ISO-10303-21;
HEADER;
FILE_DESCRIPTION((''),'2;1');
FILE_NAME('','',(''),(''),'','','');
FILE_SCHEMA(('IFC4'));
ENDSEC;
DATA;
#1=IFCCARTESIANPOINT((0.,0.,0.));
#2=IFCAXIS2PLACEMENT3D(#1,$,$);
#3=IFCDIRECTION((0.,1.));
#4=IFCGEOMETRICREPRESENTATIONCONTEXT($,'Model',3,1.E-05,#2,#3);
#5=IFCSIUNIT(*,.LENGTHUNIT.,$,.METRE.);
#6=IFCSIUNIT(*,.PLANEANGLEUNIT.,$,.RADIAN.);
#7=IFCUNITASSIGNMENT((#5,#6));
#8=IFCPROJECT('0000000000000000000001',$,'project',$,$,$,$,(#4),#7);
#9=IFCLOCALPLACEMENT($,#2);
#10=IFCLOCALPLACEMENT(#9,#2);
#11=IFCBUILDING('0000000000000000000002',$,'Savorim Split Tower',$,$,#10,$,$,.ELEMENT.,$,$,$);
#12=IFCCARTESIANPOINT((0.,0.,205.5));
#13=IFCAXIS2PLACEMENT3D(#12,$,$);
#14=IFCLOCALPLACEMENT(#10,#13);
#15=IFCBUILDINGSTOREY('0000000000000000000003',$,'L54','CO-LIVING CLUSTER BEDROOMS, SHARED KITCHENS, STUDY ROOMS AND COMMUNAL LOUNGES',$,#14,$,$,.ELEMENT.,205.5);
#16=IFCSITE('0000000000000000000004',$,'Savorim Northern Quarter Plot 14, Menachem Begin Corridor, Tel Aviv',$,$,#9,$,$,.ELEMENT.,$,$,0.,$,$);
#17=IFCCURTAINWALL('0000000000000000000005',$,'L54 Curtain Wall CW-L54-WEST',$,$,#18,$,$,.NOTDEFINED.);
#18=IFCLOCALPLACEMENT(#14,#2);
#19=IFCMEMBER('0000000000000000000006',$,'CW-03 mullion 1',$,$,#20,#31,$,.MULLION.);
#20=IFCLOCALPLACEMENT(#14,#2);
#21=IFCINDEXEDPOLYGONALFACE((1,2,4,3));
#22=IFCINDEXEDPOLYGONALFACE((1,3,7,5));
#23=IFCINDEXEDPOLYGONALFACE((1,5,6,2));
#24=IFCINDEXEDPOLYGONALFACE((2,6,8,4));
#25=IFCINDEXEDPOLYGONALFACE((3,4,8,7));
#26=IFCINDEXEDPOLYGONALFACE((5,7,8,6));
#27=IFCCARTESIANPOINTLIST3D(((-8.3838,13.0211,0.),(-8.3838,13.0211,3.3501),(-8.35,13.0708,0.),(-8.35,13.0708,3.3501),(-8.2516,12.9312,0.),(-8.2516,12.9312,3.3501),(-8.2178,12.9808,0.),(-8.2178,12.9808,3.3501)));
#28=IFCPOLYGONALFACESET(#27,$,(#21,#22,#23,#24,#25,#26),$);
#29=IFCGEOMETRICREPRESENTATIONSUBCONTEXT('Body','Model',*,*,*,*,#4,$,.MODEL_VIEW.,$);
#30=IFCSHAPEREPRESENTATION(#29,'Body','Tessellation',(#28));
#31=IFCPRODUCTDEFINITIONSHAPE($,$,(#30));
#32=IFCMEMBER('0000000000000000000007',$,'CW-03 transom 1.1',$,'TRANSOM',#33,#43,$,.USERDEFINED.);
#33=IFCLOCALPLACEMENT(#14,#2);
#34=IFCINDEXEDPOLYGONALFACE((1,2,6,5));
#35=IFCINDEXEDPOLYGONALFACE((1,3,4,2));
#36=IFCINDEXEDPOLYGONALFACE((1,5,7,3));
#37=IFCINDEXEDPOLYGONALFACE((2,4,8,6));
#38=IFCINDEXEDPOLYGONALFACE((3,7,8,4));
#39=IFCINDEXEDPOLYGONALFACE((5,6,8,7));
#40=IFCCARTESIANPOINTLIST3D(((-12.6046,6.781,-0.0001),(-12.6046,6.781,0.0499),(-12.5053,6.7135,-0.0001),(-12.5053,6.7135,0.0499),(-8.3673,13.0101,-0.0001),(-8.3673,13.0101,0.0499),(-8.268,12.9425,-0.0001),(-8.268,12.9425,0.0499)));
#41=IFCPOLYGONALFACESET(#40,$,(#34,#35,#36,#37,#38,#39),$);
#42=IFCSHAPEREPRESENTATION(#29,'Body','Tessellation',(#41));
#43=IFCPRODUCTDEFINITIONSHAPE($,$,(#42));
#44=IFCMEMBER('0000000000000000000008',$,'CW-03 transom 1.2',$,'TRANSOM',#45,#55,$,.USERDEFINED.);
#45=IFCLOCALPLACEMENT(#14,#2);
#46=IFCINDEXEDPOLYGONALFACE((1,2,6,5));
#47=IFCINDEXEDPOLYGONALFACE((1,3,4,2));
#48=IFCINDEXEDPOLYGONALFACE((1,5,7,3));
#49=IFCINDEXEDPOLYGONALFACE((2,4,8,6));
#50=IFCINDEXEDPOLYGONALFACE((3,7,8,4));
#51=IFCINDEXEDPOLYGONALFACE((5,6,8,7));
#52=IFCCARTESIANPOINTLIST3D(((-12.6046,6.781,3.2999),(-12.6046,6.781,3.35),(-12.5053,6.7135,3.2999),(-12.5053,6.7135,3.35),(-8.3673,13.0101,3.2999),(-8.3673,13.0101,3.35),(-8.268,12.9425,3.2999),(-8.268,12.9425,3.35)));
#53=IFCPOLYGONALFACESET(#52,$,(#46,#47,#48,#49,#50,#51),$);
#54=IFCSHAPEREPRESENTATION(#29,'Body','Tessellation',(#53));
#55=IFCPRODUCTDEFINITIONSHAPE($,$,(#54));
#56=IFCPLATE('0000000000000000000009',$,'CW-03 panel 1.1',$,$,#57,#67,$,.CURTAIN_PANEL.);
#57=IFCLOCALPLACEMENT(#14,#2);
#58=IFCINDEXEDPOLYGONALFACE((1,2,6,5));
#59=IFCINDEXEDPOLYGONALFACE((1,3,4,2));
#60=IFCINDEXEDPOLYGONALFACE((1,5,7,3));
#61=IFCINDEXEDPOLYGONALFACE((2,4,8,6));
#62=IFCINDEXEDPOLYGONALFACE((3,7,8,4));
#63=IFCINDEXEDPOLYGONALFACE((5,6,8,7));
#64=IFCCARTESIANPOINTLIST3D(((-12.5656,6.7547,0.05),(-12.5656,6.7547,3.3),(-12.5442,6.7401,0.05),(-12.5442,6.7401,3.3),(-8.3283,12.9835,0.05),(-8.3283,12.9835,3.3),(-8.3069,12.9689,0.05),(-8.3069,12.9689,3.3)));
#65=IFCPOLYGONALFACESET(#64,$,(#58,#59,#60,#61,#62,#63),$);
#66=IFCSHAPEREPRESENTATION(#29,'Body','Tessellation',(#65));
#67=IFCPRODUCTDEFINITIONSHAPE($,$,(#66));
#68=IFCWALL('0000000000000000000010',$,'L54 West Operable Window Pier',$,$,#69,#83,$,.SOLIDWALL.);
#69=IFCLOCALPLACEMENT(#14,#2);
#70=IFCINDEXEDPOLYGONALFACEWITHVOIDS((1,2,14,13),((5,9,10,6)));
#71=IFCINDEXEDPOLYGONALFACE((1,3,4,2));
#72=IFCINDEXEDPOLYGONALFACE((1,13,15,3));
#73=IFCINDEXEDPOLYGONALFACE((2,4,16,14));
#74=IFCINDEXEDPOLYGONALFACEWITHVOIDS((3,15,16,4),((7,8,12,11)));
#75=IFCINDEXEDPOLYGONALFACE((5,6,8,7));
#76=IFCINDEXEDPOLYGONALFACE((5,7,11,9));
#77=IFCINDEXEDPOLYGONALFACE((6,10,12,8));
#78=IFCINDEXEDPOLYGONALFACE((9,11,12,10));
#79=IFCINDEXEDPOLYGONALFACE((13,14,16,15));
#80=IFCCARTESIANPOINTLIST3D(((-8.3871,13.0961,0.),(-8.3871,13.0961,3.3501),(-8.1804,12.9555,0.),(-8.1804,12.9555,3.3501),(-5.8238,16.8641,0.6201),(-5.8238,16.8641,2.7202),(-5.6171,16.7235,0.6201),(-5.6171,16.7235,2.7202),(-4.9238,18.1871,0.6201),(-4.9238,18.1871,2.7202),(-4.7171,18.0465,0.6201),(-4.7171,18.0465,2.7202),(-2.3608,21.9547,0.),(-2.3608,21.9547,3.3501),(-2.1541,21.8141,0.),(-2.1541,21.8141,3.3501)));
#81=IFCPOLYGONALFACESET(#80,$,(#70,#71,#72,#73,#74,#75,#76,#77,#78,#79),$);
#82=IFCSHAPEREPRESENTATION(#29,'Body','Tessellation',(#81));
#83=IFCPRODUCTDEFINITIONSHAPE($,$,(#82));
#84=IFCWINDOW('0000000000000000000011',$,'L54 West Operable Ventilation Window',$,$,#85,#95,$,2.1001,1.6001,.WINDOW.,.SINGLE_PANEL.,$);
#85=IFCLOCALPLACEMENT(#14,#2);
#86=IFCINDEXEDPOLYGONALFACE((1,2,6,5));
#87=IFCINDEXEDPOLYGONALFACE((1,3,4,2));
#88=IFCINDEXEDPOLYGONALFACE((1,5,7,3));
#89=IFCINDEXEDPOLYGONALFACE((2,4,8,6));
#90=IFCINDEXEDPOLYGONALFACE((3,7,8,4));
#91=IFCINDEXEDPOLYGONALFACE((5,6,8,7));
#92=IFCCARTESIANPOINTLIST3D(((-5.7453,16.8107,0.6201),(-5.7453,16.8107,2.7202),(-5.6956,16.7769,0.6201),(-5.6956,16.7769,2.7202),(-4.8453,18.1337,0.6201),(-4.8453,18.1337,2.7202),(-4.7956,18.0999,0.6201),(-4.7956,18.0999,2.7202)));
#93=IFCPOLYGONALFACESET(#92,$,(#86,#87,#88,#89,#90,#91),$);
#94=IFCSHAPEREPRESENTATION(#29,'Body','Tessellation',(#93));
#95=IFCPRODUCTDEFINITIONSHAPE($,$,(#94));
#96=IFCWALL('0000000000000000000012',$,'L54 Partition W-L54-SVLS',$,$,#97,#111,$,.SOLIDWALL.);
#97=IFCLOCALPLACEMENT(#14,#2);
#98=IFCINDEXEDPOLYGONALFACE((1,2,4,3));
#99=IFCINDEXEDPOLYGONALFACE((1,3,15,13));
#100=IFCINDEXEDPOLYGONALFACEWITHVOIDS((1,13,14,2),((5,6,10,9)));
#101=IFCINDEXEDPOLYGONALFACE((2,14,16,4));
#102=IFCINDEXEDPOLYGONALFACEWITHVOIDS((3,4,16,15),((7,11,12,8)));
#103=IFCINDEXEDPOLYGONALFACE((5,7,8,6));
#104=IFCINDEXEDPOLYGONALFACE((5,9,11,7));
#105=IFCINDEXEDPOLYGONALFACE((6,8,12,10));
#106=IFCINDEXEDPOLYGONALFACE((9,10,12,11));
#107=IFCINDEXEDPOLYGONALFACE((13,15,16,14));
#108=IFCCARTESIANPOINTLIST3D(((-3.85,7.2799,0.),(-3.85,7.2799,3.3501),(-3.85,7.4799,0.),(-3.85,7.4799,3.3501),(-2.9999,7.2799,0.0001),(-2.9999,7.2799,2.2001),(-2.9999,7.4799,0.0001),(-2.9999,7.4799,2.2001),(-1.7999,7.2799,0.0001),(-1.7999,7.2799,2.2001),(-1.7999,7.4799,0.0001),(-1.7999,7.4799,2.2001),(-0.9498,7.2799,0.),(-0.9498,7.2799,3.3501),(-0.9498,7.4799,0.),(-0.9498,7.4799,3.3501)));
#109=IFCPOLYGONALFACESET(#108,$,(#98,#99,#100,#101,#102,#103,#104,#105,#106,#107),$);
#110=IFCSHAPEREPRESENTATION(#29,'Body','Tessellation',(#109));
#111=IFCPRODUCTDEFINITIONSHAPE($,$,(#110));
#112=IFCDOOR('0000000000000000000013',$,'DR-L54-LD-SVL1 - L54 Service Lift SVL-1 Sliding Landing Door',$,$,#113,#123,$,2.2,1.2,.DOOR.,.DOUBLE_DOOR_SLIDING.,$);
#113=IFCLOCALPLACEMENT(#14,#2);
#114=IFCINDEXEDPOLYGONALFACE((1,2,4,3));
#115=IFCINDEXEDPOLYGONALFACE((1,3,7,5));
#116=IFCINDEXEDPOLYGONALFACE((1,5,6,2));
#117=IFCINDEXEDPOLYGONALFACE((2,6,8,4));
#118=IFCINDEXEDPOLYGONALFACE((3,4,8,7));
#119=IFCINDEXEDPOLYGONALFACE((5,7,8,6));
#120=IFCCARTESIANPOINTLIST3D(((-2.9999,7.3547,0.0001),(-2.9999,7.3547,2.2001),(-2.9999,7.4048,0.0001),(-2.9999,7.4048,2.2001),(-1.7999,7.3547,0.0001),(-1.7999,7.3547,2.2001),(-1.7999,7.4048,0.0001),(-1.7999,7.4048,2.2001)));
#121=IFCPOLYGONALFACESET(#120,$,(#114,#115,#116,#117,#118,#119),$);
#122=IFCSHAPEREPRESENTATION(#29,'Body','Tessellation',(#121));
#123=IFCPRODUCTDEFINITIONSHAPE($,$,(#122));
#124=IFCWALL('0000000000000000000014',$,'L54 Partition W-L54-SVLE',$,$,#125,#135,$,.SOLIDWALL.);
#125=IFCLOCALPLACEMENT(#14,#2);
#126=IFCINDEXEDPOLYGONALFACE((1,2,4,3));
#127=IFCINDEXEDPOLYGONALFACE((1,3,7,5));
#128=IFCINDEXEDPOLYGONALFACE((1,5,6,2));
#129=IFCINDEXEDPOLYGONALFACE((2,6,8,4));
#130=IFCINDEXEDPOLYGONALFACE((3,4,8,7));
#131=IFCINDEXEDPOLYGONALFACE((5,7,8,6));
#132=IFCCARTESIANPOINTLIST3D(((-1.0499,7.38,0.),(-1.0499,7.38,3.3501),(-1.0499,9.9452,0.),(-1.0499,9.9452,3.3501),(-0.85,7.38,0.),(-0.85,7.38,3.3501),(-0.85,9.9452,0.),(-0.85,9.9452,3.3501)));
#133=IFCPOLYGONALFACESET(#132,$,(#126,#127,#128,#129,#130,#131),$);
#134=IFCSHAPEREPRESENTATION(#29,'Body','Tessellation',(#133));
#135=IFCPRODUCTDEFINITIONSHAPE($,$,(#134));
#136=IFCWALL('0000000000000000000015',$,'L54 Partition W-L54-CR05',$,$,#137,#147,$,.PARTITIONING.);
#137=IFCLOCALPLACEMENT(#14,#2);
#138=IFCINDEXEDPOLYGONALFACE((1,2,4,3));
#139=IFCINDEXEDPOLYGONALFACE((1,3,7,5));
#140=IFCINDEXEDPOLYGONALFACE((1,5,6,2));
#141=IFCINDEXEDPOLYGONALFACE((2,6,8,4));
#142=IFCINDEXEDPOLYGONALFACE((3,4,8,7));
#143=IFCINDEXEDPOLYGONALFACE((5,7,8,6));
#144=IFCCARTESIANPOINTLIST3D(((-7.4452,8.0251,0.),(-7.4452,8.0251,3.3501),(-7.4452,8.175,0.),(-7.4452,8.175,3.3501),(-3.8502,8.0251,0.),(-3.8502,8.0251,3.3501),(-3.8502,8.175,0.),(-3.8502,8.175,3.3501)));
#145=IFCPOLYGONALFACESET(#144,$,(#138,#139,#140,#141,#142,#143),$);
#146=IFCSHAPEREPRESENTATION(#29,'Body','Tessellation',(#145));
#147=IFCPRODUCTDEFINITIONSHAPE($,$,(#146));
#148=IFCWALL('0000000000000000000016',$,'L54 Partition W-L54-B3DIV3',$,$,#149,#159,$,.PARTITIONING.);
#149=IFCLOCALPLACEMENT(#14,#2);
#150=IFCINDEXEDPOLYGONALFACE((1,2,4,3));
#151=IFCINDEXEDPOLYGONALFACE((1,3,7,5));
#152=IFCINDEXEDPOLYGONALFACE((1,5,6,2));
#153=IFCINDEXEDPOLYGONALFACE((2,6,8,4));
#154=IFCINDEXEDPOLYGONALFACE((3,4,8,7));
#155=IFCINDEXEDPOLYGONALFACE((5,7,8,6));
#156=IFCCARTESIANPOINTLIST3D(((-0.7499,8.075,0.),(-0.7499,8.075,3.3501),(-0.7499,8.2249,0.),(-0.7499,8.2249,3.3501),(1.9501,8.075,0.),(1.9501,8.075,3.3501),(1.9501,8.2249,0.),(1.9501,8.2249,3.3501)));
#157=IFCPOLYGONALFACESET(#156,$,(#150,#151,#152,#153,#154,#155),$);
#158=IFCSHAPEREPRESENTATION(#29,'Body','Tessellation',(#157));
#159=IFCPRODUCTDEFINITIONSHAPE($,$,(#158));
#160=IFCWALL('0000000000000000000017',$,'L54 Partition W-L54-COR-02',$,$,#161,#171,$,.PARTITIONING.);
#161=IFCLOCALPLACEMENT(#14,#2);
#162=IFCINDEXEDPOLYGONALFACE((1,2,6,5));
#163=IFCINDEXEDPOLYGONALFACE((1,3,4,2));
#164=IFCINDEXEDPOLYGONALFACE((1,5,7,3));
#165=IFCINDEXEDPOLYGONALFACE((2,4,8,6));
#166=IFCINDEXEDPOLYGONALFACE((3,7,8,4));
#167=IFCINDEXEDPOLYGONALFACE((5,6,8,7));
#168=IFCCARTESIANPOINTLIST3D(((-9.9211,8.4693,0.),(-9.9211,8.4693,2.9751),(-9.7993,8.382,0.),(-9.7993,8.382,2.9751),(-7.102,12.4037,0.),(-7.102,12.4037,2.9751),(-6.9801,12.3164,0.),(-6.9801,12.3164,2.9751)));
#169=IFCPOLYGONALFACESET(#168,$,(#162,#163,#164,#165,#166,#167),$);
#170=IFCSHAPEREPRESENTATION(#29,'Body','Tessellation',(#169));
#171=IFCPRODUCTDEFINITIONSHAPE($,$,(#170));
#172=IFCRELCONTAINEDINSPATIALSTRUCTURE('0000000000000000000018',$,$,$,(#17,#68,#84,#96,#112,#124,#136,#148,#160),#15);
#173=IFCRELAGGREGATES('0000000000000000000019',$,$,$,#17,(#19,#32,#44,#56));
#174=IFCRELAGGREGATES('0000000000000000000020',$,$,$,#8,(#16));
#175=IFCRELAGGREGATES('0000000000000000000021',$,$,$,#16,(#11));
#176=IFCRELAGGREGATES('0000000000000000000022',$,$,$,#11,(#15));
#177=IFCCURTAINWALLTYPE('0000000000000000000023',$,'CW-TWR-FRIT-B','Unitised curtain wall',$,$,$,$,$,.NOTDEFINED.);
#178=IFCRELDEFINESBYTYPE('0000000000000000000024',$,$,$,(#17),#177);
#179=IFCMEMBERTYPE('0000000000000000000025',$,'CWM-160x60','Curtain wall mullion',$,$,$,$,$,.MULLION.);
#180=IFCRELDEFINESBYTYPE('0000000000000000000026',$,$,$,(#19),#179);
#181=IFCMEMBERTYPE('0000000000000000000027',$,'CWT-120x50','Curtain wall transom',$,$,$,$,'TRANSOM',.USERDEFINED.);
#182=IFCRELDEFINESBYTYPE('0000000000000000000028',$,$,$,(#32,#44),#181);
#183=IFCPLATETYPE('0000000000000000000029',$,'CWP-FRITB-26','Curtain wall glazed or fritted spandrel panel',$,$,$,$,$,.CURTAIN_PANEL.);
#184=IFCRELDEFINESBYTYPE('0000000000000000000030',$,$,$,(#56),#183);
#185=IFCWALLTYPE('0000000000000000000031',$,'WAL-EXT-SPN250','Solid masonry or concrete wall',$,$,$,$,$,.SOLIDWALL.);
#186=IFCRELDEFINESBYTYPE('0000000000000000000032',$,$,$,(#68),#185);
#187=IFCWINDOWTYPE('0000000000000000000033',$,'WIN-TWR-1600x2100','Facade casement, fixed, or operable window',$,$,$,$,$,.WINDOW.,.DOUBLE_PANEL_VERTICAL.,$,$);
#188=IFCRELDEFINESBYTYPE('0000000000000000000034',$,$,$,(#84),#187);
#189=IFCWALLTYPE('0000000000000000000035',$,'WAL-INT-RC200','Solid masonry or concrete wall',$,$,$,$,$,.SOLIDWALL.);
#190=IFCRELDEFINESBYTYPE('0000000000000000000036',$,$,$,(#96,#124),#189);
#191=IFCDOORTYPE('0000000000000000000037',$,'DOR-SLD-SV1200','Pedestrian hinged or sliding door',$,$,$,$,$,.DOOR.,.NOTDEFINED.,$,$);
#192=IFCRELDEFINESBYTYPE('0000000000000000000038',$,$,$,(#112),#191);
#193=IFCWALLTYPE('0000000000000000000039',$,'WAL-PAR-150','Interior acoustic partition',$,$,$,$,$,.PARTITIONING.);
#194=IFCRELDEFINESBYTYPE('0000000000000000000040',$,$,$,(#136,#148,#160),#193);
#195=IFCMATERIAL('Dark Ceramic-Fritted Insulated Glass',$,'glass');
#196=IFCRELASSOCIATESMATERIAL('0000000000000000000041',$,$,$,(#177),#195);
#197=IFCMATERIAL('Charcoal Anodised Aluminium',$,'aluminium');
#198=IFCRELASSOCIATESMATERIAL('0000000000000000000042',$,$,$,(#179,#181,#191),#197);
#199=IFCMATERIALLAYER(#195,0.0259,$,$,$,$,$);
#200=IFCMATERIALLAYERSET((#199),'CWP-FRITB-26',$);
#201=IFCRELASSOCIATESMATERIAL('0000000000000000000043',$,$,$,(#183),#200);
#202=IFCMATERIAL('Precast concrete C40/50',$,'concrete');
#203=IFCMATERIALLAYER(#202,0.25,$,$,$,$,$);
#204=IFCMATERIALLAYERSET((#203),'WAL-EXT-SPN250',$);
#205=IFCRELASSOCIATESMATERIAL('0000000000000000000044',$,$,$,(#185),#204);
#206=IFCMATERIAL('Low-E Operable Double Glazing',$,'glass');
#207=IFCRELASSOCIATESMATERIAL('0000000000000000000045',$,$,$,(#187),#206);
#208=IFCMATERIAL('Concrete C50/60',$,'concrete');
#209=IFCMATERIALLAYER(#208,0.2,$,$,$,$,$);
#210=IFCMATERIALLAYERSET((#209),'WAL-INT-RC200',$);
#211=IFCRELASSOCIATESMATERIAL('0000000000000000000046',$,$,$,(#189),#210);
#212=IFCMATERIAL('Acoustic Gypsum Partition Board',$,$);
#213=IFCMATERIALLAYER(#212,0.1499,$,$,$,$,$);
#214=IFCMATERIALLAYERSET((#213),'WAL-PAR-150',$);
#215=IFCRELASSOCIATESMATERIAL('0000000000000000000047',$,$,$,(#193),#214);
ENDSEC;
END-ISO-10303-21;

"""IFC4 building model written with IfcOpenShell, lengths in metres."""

from ifc_helpers import new_model, si_unit, direction, frame, frame_2d, origin, origin_2d, place, context, subcontext, project, spatial, rectangle, extrude, material, layer, layer_set, material_profile, profile_set, type_object, element, fill, aggregate, save


model = new_model("IFC4")

# Units and contexts
model_context = context("Model", 3, precision=1e-05, world=origin(), true_north=direction((0.0, 1.0)))
body_context = subcontext(model_context, "Body", "Model", "MODEL_VIEW")
ifc_project = project(units=[si_unit("LENGTHUNIT", "METRE"), si_unit("PLANEANGLEUNIT", "RADIAN")], contexts=[model_context])

# Site, building, storey
site_placement = place(None, origin())
site = spatial("IfcSite", under=ifc_project, at=site_placement, Name="Savorim Northern Quarter Plot 14, Menachem Begin Corridor, Tel Aviv", CompositionType="ELEMENT", RefElevation=0.0)
building_placement = place(site_placement, origin())
building = spatial("IfcBuilding", under=site, at=building_placement, Name="Savorim Split Tower", CompositionType="ELEMENT")
storey_placement = place(building_placement, frame((0.0, 0.0, 205.5)))
storey = spatial("IfcBuildingStorey", under=building, at=storey_placement, Name="L54", Description="CO-LIVING CLUSTER BEDROOMS, SHARED KITCHENS, STUDY ROOMS AND COMMUNAL LOUNGES", CompositionType="ELEMENT", Elevation=205.5)

# Curtain wall, members, plate
ifc_material_1 = material(Name="Dark Ceramic-Fritted Insulated Glass", Category="glass")
curtain_wall_type = type_object("IfcCurtainWallType", Name="CW-TWR-FRIT-B", Description="Unitised curtain wall", PredefinedType="NOTDEFINED", material=ifc_material_1)
curtain_wall_placement = place(storey_placement, origin())
curtain_wall = element("IfcCurtainWall", 1, at=curtain_wall_placement, inside=storey, type_object=curtain_wall_type, Name="L54 Curtain Wall CW-L54-WEST", PredefinedType="NOTDEFINED")
ifc_material_2 = material(Name="Charcoal Anodised Aluminium", Category="aluminium")
ifc_material_profile_1 = material_profile(ifc_material_2, rectangle(XDim=0.1599, YDim=0.0601, at=origin_2d()), Name="ALU-M 160x60")
ifc_profile_set_1 = profile_set([ifc_material_profile_1], Name="Charcoal Anodised Aluminium")
member_type_1 = type_object("IfcMemberType", Name="CWM-160x60", Description="Curtain wall mullion", PredefinedType="MULLION", material=ifc_profile_set_1)
member_1_placement = place(storey_placement, frame((-8.3008, 13.001, 0.0), z_axis=(0.0, 0.0, 1.0), x_axis=(0.826821, -0.562465, 0.0)))
member_1 = element("IfcMember", 2, at=member_1_placement, type_object=member_type_1, Name="CW-03 mullion 1", PredefinedType="MULLION", context=body_context, shape_type="SweptSolid", body=[
    extrude(rectangle(XDim=0.1599, YDim=0.0601, at=origin_2d()), origin(), (0.0, 0.0, 1.0), 3.3501),
])
ifc_material_profile_2 = material_profile(ifc_material_2, rectangle(XDim=0.1201, YDim=0.05, at=origin_2d()), Name="ALU-T 120x50")
ifc_profile_set_2 = profile_set([ifc_material_profile_2], Name="Charcoal Anodised Aluminium")
member_type_2 = type_object("IfcMemberType", Name="CWT-120x50", Description="Curtain wall transom", ElementType="TRANSOM", PredefinedType="USERDEFINED", material=ifc_profile_set_2)
member_2_placement = place(storey_placement, frame((-8.3176, 12.9763, 0.0249), z_axis=(-0.562454, -0.826829, 0.0), x_axis=(0.826829, -0.562454, 0.0)))
member_2 = element("IfcMember", 3, at=member_2_placement, type_object=member_type_2, Name="CW-03 transom 1.1", ObjectType="TRANSOM", PredefinedType="USERDEFINED", context=body_context, shape_type="SweptSolid", body=[
    extrude(rectangle(XDim=0.1201, YDim=0.05, at=origin_2d()), origin(), (0.0, 0.0, 1.0), 7.5337),
])
member_3_placement = place(storey_placement, frame((-8.3176, 12.9763, 3.325), z_axis=(-0.562454, -0.826829, 0.0), x_axis=(0.826829, -0.562454, 0.0)))
member_3 = element("IfcMember", 4, at=member_3_placement, type_object=member_type_2, Name="CW-03 transom 1.2", ObjectType="TRANSOM", PredefinedType="USERDEFINED", context=body_context, shape_type="SweptSolid", body=[
    extrude(rectangle(XDim=0.1201, YDim=0.05, at=origin_2d()), origin(), (0.0, 0.0, 1.0), 7.5337),
])
ifc_layer_1 = layer(ifc_material_1, 0.0259)
ifc_layer_set_1 = layer_set([ifc_layer_1], Name="CWP-FRITB-26")
plate_type = type_object("IfcPlateType", Name="CWP-FRITB-26", Description="Curtain wall glazed or fritted spandrel panel", PredefinedType="CURTAIN_PANEL", material=ifc_layer_set_1)
plate_placement = place(storey_placement, frame((-10.4363, 9.8618, 0.05), z_axis=(0.0, 0.0, 1.0), x_axis=(-0.562465, -0.826821, 0.0)))
plate = element("IfcPlate", 5, at=plate_placement, type_object=plate_type, Name="CW-03 panel 1.1", PredefinedType="CURTAIN_PANEL", context=body_context, shape_type="SweptSolid", body=[
    extrude(rectangle(XDim=7.5334, YDim=0.0259, at=origin_2d()), origin(), (0.0, 0.0, 1.0), 3.25),
])
aggregate(curtain_wall, [member_1, member_2, member_3, plate])

# Shared definitions
ifc_material_3 = material(Name="Precast concrete C40/50", Category="concrete")

# Wall, opening, window
ifc_layer_2 = layer(ifc_material_3, 0.25)
ifc_layer_set_2 = layer_set([ifc_layer_2], Name="WAL-EXT-SPN250")
wall_type_1 = type_object("IfcWallType", Name="WAL-EXT-SPN250", Description="Solid masonry or concrete wall", PredefinedType="SOLIDWALL", material=ifc_layer_set_2)
wall_1_placement = place(storey_placement, frame((-8.2837, 13.0259, 0.0), z_axis=(0.0, 0.0, 1.0), x_axis=(0.562469, 0.826818, 0.0)))
wall_1 = element("IfcWall", 6, at=wall_1_placement, inside=storey, type_object=wall_type_1, Name="L54 West Operable Window Pier", PredefinedType="SOLIDWALL", context=body_context, shape_type="SweptSolid", body=[
    extrude(rectangle(XDim=10.7141, YDim=0.25, at=frame_2d((5.3569, 0.0))), origin(), (0.0, 0.0, 1.0), 3.3501),
])
opening_1_placement = place(wall_1_placement, frame((4.5571, 0.0, 0.6201)))
opening_1 = element("IfcOpeningElement", 7, at=opening_1_placement, cuts=wall_1, PredefinedType="OPENING", context=body_context, shape_type="SweptSolid", body=[
    extrude(rectangle(XDim=1.6001, YDim=2.1001, at=frame_2d((0.8, 1.05))), frame((0.0, 0.135, 0.0), z_axis=(0.0, -1.0, 0.0), x_axis=(1.0, 0.0, 0.0)), (0.0, 0.0, 1.0), 0.27),
])
ifc_material_4 = material(Name="Low-E Operable Double Glazing", Category="glass")
window_type = type_object("IfcWindowType", Name="WIN-TWR-1600x2100", Description="Facade casement, fixed, or operable window", PartitioningType="DOUBLE_PANEL_VERTICAL", PredefinedType="WINDOW", material=ifc_material_4)
window_placement = place(opening_1_placement, origin())
window = element("IfcWindow", 8, at=window_placement, inside=storey, type_object=window_type, Name="L54 West Operable Ventilation Window", OverallHeight=2.1001, OverallWidth=1.6001, PartitioningType="SINGLE_PANEL", PredefinedType="WINDOW", context=body_context, shape_type="SweptSolid", body=[
    extrude(rectangle(XDim=1.6001, YDim=2.1001, at=frame_2d((0.8, 1.05))), frame((0.0, 0.03, 0.0), z_axis=(0.0, -1.0, 0.0), x_axis=(1.0, 0.0, 0.0)), (0.0, 0.0, 1.0), 0.0601),
])
fill(opening_1, window)

# Wall, opening, door
ifc_material_5 = material(Name="Concrete C50/60", Category="concrete")
ifc_layer_3 = layer(ifc_material_5, 0.2)
ifc_layer_set_3 = layer_set([ifc_layer_3], Name="WAL-INT-RC200")
wall_type_2 = type_object("IfcWallType", Name="WAL-INT-RC200", Description="Solid masonry or concrete wall", PredefinedType="SOLIDWALL", material=ifc_layer_set_3)
wall_2_placement = place(storey_placement, frame((-3.8501, 7.3799, 0.0), z_axis=(0.0, 0.0, 1.0), x_axis=(1.0, 0.0, 0.0)))
wall_2 = element("IfcWall", 9, at=wall_2_placement, inside=storey, type_object=wall_type_2, Name="L54 Partition W-L54-SVLS", PredefinedType="SOLIDWALL", context=body_context, shape_type="SweptSolid", body=[
    extrude(rectangle(XDim=2.9001, YDim=0.2, at=frame_2d((1.4502, 0.0))), origin(), (0.0, 0.0, 1.0), 3.3501),
])
opening_2_placement = place(wall_2_placement, frame((0.8501, 0.0, 0.0)))
opening_2 = element("IfcOpeningElement", 10, at=opening_2_placement, cuts=wall_2, PredefinedType="OPENING", context=body_context, shape_type="SweptSolid", body=[
    extrude(rectangle(XDim=1.2, YDim=2.2, at=frame_2d((0.6001, 1.1001))), frame((0.0, 0.1099, 0.0), z_axis=(0.0, -1.0, 0.0), x_axis=(1.0, 0.0, 0.0)), (0.0, 0.0, 1.0), 0.22),
])
door_type_1 = type_object("IfcDoorType", Name="DOR-SLD-SV1200", Description="Pedestrian hinged or sliding door", OperationType="NOTDEFINED", PredefinedType="DOOR", material=ifc_material_2)
door_1_placement = place(opening_2_placement, origin())
door_1 = element("IfcDoor", 11, at=door_1_placement, inside=storey, type_object=door_type_1, Name="DR-L54-LD-SVL1 - L54 Service Lift SVL-1 Sliding Landing Door", OperationType="DOUBLE_DOOR_SLIDING", OverallHeight=2.2, OverallWidth=1.2, PredefinedType="DOOR", context=body_context, shape_type="SweptSolid", body=[
    extrude(rectangle(XDim=1.2, YDim=2.2, at=frame_2d((0.6001, 1.1001))), frame((0.0, 0.0249, 0.0), z_axis=(0.0, -1.0, 0.0), x_axis=(1.0, 0.0, 0.0)), (0.0, 0.0, 1.0), 0.05),
])
fill(opening_2, door_1)

# Walls
wall_3_placement = place(storey_placement, frame((-0.95, 7.3799, 0.0), z_axis=(0.0, 0.0, 1.0), x_axis=(0.0, 1.0, 0.0)))
element("IfcWall", 12, at=wall_3_placement, inside=storey, type_object=wall_type_2, Name="L54 Partition W-L54-SVLE", PredefinedType="SOLIDWALL", context=body_context, shape_type="SweptSolid", body=[
    extrude(rectangle(XDim=2.5652, YDim=0.2, at=frame_2d((1.2827, 0.0))), origin(), (0.0, 0.0, 1.0), 3.3501),
])
ifc_material_6 = material(Name="Acoustic Gypsum Partition Board")
ifc_layer_4 = layer(ifc_material_6, 0.1499)
ifc_layer_set_4 = layer_set([ifc_layer_4], Name="WAL-PAR-150")
wall_type_3 = type_object("IfcWallType", Name="WAL-PAR-150", Description="Interior acoustic partition", PredefinedType="PARTITIONING", material=ifc_layer_set_4)
wall_4_placement = place(storey_placement, frame((-7.4451, 8.1001, 0.0), z_axis=(0.0, 0.0, 1.0), x_axis=(1.0, 0.0, 0.0)))
element("IfcWall", 13, at=wall_4_placement, inside=storey, type_object=wall_type_3, Name="L54 Partition W-L54-CR05", PredefinedType="PARTITIONING", context=body_context, shape_type="SweptSolid", body=[
    extrude(rectangle(XDim=3.595, YDim=0.1499, at=frame_2d((1.7974, 0.0))), origin(), (0.0, 0.0, 1.0), 3.3501),
])
wall_5_placement = place(storey_placement, frame((-0.75, 8.1499, 0.0), z_axis=(0.0, 0.0, 1.0), x_axis=(1.0, 0.0, 0.0)))
element("IfcWall", 14, at=wall_5_placement, inside=storey, type_object=wall_type_3, Name="L54 Partition W-L54-B3DIV3", PredefinedType="PARTITIONING", context=body_context, shape_type="SweptSolid", body=[
    extrude(rectangle(XDim=2.7, YDim=0.1499, at=frame_2d((1.3501, 0.0))), origin(), (0.0, 0.0, 1.0), 3.3501),
])
wall_6_placement = place(storey_placement, frame((-9.8601, 8.4258, 0.0), z_axis=(0.0, 0.0, 1.0), x_axis=(0.58245, 0.812867, 0.0)))
element("IfcWall", 15, at=wall_6_placement, inside=storey, type_object=wall_type_3, Name="L54 Partition W-L54-COR-02", PredefinedType="PARTITIONING", context=body_context, shape_type="SweptSolid", body=[
    extrude(rectangle(XDim=4.8401, YDim=0.1499, at=frame_2d((2.4199, 0.0))), origin(), (0.0, 0.0, 1.0), 2.9751),
])

save(model, "model.ifc")
